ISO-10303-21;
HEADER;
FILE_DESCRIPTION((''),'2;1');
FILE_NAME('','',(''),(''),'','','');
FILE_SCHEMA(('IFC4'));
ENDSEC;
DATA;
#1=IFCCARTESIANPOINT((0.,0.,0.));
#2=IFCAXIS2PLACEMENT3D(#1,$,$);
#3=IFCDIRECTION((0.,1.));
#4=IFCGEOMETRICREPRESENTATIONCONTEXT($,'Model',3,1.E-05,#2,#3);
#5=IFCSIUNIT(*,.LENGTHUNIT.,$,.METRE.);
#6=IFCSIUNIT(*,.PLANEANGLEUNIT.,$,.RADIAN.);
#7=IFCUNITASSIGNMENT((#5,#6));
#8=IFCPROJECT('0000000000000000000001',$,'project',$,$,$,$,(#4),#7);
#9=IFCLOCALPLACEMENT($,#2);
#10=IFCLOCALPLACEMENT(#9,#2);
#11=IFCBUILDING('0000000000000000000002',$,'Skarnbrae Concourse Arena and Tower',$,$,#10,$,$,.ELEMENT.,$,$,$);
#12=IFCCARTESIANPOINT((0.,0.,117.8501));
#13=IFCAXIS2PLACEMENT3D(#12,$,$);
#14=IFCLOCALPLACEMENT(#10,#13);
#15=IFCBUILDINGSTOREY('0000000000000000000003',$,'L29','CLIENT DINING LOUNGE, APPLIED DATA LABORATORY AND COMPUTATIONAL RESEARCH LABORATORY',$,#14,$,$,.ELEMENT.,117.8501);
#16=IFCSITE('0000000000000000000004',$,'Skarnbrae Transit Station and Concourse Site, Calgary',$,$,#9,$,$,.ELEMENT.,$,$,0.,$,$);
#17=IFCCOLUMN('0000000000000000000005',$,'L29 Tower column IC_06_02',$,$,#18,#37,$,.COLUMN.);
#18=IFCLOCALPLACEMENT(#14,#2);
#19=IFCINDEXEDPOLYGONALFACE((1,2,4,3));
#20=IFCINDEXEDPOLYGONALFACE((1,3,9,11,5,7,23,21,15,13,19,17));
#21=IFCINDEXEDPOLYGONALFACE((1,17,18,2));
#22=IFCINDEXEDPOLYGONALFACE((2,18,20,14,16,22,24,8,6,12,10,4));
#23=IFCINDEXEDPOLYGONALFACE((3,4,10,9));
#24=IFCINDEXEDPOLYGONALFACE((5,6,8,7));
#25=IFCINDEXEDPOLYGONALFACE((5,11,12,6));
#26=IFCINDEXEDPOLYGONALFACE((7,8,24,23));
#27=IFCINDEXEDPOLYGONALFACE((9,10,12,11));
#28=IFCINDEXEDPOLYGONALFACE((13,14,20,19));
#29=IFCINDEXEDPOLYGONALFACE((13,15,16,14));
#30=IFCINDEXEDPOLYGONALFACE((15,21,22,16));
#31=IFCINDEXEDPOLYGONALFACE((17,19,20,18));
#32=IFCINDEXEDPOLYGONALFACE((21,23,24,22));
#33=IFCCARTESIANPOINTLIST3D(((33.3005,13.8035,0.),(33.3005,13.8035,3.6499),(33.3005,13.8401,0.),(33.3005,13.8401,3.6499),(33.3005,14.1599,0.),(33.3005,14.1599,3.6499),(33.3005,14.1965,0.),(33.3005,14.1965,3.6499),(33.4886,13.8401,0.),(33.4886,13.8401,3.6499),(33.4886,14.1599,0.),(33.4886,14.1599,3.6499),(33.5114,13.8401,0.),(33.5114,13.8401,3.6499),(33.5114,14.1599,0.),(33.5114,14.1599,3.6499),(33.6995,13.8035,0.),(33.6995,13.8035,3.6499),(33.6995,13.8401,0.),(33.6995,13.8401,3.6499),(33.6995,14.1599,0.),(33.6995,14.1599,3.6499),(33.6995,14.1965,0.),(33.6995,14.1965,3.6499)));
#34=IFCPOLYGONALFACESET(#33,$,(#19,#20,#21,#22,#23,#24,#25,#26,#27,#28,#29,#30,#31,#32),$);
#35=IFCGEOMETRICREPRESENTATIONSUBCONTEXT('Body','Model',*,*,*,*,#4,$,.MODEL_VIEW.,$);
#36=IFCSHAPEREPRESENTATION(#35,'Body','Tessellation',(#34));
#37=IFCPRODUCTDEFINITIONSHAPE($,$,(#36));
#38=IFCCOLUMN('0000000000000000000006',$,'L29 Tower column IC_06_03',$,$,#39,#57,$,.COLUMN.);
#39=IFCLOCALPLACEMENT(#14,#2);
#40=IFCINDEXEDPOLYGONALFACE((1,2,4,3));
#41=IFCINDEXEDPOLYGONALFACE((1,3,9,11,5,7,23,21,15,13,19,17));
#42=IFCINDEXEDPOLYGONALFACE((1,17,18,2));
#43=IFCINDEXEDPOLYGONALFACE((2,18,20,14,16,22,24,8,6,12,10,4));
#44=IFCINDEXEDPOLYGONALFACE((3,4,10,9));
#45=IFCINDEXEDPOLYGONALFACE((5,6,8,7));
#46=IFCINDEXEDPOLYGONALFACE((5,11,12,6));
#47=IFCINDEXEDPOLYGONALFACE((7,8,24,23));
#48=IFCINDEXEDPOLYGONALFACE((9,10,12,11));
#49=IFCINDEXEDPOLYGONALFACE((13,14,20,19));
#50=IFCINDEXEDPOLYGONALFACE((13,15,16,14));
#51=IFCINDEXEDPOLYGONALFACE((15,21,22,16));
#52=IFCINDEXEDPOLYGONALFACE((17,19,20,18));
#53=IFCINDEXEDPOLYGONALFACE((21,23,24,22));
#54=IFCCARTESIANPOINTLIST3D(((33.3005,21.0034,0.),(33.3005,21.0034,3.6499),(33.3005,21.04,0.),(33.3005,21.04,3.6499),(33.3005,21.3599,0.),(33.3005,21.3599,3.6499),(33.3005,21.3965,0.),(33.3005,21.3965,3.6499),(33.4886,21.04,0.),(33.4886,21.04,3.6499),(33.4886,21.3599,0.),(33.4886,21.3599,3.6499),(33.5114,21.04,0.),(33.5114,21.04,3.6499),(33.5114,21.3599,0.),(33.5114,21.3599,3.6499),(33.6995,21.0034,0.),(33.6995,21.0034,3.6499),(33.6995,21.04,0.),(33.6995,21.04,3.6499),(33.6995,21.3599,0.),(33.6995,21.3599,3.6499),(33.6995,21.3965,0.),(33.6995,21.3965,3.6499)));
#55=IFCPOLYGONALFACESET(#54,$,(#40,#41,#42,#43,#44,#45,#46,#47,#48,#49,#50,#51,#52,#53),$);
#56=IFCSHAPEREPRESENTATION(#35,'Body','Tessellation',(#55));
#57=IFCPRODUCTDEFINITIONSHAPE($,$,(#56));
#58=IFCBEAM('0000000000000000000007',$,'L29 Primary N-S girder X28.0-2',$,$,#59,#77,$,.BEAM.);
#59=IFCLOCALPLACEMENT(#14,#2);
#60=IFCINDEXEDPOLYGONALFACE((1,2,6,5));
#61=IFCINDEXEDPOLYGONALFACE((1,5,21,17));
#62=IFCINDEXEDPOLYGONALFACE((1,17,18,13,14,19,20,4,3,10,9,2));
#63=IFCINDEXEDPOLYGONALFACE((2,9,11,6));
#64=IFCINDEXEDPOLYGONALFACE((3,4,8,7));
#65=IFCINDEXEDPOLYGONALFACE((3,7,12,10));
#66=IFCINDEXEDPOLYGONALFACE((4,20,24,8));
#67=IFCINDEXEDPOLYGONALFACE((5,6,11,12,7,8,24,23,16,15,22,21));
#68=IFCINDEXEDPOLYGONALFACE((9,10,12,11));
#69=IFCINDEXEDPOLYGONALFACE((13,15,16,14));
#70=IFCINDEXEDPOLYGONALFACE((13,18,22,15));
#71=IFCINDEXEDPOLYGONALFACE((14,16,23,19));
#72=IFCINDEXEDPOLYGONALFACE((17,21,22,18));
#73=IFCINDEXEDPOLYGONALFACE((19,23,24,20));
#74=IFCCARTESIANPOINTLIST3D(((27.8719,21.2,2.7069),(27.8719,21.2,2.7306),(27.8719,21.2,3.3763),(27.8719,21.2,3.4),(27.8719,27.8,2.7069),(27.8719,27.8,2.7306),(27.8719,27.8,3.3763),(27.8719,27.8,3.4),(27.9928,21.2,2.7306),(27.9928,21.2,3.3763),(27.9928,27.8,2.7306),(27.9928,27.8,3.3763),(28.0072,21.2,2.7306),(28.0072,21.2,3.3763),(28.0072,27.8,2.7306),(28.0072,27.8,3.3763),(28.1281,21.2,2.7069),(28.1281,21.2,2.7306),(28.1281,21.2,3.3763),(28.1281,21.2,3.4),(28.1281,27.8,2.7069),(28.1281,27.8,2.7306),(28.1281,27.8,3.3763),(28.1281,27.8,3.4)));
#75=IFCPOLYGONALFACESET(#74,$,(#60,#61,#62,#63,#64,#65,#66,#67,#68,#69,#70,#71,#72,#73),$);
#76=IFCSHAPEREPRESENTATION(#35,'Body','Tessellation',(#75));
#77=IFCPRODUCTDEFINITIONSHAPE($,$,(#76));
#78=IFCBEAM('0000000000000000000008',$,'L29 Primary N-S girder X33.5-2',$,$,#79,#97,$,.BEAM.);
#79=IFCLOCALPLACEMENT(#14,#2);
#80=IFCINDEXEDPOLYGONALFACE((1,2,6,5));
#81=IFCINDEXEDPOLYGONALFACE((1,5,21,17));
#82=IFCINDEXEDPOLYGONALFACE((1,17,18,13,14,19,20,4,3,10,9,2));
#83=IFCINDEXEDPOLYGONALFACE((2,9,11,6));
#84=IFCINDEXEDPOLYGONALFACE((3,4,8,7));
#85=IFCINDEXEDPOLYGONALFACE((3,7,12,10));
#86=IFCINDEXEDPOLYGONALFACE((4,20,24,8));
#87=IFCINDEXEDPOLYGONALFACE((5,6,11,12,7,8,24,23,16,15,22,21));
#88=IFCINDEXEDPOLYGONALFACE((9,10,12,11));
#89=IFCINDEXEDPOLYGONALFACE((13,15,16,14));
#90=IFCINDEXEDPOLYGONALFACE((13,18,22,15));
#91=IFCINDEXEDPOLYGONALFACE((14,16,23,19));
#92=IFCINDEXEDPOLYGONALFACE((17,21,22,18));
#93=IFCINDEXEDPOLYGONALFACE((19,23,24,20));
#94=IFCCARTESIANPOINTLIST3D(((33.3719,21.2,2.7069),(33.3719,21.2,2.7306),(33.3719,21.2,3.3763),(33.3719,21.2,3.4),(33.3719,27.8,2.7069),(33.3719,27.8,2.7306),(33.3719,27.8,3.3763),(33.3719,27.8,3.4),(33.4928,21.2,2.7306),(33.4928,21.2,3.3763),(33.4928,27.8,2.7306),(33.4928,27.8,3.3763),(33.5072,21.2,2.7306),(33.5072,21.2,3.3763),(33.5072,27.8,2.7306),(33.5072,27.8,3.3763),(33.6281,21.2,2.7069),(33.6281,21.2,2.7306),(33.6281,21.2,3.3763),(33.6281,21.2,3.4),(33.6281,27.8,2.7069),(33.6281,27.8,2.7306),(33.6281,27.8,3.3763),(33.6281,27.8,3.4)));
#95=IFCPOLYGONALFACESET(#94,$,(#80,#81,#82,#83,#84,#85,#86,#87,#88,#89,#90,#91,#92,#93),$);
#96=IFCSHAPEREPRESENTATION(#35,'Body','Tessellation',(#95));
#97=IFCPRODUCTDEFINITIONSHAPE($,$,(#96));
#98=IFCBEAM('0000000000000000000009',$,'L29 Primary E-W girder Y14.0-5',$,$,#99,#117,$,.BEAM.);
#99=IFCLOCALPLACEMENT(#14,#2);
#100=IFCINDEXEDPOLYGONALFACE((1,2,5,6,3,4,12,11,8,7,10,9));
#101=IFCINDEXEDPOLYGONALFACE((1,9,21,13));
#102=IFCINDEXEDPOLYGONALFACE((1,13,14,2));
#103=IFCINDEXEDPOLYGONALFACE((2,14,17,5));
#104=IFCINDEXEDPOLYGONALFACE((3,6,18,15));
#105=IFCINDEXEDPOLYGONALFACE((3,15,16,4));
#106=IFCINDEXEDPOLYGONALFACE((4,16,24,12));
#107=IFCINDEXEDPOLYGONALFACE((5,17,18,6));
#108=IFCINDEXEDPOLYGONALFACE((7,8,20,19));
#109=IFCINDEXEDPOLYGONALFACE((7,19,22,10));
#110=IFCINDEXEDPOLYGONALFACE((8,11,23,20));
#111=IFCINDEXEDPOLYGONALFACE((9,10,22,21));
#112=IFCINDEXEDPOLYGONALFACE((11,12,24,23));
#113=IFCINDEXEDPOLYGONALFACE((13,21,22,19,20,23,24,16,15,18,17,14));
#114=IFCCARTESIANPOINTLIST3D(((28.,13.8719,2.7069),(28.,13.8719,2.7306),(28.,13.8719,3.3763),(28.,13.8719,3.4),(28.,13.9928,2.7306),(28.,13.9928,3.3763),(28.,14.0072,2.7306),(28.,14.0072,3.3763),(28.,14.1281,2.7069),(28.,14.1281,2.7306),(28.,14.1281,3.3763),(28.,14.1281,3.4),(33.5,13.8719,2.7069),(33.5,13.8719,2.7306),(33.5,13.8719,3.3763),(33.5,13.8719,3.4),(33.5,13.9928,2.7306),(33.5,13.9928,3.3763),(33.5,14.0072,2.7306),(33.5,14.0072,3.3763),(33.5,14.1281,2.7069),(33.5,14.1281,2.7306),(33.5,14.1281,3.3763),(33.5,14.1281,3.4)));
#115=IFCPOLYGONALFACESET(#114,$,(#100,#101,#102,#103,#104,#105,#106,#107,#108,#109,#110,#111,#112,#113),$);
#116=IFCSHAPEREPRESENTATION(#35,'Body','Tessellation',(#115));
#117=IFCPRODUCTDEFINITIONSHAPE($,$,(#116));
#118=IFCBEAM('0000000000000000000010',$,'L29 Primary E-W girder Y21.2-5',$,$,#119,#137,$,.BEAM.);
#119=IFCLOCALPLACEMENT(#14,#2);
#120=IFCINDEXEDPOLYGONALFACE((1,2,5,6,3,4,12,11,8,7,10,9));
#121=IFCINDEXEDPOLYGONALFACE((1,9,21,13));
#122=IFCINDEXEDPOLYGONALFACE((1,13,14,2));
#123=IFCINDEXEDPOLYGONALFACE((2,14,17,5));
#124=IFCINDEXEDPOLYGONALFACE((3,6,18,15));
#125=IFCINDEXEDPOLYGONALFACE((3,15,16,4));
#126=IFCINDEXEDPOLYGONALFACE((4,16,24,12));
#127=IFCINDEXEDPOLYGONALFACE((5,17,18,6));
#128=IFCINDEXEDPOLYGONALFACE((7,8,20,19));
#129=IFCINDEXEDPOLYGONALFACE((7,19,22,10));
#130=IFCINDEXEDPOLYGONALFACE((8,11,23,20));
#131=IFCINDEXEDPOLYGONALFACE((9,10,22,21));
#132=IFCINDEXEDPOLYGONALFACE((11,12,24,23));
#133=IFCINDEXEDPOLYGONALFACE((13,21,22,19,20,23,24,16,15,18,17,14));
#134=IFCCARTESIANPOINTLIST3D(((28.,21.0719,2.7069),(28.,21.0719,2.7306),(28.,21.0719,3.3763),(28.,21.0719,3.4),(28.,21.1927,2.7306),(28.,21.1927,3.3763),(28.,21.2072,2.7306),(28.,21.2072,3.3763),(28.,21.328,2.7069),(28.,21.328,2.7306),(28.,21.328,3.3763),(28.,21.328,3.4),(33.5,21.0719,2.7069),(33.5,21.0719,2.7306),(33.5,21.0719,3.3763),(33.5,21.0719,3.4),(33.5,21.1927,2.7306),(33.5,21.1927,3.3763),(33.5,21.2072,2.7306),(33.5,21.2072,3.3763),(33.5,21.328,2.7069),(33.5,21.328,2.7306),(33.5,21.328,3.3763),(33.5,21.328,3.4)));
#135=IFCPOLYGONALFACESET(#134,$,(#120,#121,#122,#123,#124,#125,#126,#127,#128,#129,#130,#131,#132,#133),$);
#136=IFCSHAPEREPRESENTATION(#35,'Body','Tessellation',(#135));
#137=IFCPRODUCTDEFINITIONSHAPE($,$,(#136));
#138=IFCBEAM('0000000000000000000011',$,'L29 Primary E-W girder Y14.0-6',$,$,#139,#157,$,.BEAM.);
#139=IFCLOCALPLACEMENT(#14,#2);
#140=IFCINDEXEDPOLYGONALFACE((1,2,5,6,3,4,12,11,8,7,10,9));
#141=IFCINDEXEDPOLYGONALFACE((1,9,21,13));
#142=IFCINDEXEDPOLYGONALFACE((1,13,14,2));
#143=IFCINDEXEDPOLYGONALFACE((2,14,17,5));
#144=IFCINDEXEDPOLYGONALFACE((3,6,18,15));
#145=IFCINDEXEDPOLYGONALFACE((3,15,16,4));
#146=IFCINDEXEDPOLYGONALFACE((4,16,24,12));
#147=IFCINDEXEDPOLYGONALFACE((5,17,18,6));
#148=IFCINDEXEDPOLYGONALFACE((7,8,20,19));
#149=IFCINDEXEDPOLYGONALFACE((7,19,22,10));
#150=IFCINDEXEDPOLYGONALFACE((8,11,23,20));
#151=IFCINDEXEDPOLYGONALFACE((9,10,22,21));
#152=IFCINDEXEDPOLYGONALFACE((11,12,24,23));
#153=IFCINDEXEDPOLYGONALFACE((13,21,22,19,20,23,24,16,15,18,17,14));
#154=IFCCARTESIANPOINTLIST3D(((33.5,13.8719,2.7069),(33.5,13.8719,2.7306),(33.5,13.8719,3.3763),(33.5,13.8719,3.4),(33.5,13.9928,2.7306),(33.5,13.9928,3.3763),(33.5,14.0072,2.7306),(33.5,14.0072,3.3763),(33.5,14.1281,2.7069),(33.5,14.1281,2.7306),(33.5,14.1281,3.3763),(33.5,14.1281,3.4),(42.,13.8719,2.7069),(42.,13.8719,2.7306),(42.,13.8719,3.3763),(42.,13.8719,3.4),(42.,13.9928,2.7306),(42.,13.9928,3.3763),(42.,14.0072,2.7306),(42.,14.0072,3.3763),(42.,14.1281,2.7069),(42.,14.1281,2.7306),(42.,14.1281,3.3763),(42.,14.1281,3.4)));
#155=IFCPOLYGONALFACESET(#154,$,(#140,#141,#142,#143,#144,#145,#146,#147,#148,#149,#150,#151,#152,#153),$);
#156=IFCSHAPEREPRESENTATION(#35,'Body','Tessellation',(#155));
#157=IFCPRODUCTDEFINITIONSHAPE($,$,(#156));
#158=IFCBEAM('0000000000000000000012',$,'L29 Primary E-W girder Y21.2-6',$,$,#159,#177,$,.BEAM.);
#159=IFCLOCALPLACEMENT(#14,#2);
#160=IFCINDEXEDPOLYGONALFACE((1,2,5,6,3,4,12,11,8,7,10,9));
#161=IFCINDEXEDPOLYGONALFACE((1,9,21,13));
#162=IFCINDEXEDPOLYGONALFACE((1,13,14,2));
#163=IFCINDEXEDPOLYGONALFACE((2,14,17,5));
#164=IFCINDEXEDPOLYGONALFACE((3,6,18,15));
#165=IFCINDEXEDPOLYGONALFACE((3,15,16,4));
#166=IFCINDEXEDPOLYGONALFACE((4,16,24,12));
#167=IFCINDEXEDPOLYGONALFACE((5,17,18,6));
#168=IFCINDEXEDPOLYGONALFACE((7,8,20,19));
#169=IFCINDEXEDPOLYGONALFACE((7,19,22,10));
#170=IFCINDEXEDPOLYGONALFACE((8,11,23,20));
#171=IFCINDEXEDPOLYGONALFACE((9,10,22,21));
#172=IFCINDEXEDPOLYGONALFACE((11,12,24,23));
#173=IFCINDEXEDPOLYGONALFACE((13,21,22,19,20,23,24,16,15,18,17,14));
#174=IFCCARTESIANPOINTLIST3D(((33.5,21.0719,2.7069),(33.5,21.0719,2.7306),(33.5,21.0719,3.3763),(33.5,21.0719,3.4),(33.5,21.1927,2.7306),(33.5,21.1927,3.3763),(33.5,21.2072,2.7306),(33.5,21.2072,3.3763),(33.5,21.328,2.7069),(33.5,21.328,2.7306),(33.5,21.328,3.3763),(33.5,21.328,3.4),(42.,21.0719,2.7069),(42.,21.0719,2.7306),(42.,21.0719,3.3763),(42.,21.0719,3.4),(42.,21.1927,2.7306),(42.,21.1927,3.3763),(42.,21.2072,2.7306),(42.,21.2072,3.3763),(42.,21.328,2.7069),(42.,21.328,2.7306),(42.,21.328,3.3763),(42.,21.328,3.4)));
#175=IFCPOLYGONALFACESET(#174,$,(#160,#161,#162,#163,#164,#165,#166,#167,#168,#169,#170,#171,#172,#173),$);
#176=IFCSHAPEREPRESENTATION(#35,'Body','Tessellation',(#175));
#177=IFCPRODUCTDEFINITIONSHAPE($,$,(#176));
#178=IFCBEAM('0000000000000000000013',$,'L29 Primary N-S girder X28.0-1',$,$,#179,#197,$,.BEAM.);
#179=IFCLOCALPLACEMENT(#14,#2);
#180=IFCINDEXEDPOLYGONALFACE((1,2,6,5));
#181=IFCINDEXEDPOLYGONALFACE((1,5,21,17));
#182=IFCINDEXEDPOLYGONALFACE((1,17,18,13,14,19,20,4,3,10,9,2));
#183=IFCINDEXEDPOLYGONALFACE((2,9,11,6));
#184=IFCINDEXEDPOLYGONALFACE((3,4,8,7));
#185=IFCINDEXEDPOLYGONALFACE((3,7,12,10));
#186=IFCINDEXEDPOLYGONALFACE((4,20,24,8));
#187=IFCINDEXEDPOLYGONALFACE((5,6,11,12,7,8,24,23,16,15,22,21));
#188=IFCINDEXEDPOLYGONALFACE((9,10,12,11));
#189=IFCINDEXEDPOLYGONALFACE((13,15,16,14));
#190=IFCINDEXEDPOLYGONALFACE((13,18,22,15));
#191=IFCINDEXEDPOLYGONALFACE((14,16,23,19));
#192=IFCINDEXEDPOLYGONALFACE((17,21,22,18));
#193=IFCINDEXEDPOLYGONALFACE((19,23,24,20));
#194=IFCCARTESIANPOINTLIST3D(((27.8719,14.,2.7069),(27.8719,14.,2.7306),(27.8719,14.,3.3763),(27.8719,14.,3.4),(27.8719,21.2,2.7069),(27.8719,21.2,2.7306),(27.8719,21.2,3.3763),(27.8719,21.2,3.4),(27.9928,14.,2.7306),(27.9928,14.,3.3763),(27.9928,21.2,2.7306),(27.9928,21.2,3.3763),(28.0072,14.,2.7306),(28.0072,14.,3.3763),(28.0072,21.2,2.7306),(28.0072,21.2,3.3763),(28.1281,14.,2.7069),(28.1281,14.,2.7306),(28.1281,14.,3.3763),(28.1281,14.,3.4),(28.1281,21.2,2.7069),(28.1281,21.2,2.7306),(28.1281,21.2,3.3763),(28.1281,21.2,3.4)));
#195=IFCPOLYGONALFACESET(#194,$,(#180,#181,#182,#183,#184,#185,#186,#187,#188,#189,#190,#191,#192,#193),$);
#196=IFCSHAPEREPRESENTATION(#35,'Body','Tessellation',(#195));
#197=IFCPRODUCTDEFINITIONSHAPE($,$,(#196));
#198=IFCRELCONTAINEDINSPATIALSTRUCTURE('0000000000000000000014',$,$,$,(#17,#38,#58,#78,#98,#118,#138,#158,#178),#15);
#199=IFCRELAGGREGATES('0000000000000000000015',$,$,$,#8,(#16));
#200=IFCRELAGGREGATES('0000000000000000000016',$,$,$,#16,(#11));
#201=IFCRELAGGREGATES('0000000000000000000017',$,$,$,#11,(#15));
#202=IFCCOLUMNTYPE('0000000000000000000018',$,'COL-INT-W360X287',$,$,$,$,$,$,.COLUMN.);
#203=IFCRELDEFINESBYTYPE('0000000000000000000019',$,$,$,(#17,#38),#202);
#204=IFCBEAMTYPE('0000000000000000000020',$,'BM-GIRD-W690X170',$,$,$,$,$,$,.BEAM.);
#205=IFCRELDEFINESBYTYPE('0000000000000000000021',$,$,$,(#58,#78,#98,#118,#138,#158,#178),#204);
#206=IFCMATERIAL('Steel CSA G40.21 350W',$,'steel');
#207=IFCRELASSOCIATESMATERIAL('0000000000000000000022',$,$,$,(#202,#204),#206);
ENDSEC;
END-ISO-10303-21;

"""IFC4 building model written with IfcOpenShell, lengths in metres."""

from ifc_helpers import new_model, si_unit, direction, frame, origin, origin_2d, place, context, subcontext, project, spatial, i_section, extrude, source, transform, mapped, material, material_profile, profile_set, type_object, element, save


model = new_model("IFC4")

# Units and contexts
model_context = context("Model", 3, precision=1e-05, world=origin(), true_north=direction((0.0, 1.0)))
body_context = subcontext(model_context, "Body", "Model", "MODEL_VIEW")
ifc_project = project(units=[si_unit("LENGTHUNIT", "METRE"), si_unit("PLANEANGLEUNIT", "RADIAN")], contexts=[model_context])

# Site, building, storey
site_placement = place(None, origin())
site = spatial("IfcSite", under=ifc_project, at=site_placement, Name="Skarnbrae Transit Station and Concourse Site, Calgary", CompositionType="ELEMENT", RefElevation=0.0)
building_placement = place(site_placement, origin())
building = spatial("IfcBuilding", under=site, at=building_placement, Name="Skarnbrae Concourse Arena and Tower", CompositionType="ELEMENT")
storey_placement = place(building_placement, frame((0.0, 0.0, 117.8501)))
storey = spatial("IfcBuildingStorey", under=building, at=storey_placement, Name="L29", Description="CLIENT DINING LOUNGE, APPLIED DATA LABORATORY AND COMPUTATIONAL RESEARCH LABORATORY", CompositionType="ELEMENT", Elevation=117.8501)

# Columns
ifc_material_1 = material(Name="Steel CSA G40.21 350W", Category="steel")
ifc_material_profile_1 = material_profile(ifc_material_1, i_section(OverallWidth=0.3989, OverallDepth=0.3931, WebThickness=0.0227, FlangeThickness=0.0366, at=origin_2d()), Name="W360X287")
ifc_profile_set_1 = profile_set([ifc_material_profile_1], Name="Steel CSA G40.21 350W")
column_type = type_object("IfcColumnType", Name="COL-INT-W360X287", PredefinedType="COLUMN", material=ifc_profile_set_1)
shared_shape_1 = source(origin(), body_context, "Body", "SweptSolid", [
    extrude(i_section(OverallWidth=0.3989, OverallDepth=0.3931, WebThickness=0.0227, FlangeThickness=0.0366, at=origin_2d()), origin(), (0.0, 0.0, 1.0), 3.6499),
])
for number, where, z_axis, x_axis, name in (
    (1, (33.5, 14.0, 0.0), (0.0, 0.0, 1.0), (1.0, 0.0, 0.0), "L29 Tower column IC_06_02"),
    (2, (33.5, 21.2, 0.0), (0.0, 0.0, 1.0), (1.0, 0.0, 0.0), "L29 Tower column IC_06_03"),
):
    element("IfcColumn", number, at=place(storey_placement, frame(where, z_axis=z_axis, x_axis=x_axis)), inside=storey, type_object=column_type, Name=name, PredefinedType="COLUMN", context=body_context, shape_type="MappedRepresentation", body=[
        mapped(shared_shape_1, transform((0.0, 0.0, 0.0))),
    ])

# Beams
ifc_material_profile_2 = material_profile(ifc_material_1, i_section(OverallWidth=0.2561, OverallDepth=0.6931, WebThickness=0.0144, FlangeThickness=0.0237, at=origin_2d()), Name="W690X170")
ifc_profile_set_2 = profile_set([ifc_material_profile_2], Name="Steel CSA G40.21 350W")
beam_type_1 = type_object("IfcBeamType", Name="BM-GIRD-W690X170", PredefinedType="BEAM", material=ifc_profile_set_2)
shared_shape_2 = source(origin(), body_context, "Body", "SweptSolid", [
    extrude(i_section(OverallWidth=0.2561, OverallDepth=0.6931, WebThickness=0.0144, FlangeThickness=0.0237, at=origin_2d()), origin(), (0.0, 0.0, 1.0), 6.6001),
])
for number, where, z_axis, x_axis, name in (
    (3, (28.0, 21.2, 3.0535), (0.0, 1.0, 0.0), (-1.0, 0.0, 0.0), "L29 Primary N-S girder X28.0-2"),
    (4, (33.5, 21.2, 3.0535), (0.0, 1.0, 0.0), (-1.0, 0.0, 0.0), "L29 Primary N-S girder X33.5-2"),
):
    element("IfcBeam", number, at=place(storey_placement, frame(where, z_axis=z_axis, x_axis=x_axis)), inside=storey, type_object=beam_type_1, Name=name, PredefinedType="BEAM", context=body_context, shape_type="MappedRepresentation", body=[
        mapped(shared_shape_2, transform((0.0, 0.0, 0.0))),
    ])
shared_shape_3 = source(origin(), body_context, "Body", "SweptSolid", [
    extrude(i_section(OverallWidth=0.2561, OverallDepth=0.6931, WebThickness=0.0144, FlangeThickness=0.0237, at=origin_2d()), origin(), (0.0, 0.0, 1.0), 5.5),
])
for number, where, z_axis, x_axis, name in (
    (5, (28.0, 14.0, 3.0535), (1.0, 0.0, 0.0), (0.0, 1.0, 0.0), "L29 Primary E-W girder Y14.0-5"),
    (6, (28.0, 21.2, 3.0535), (1.0, 0.0, 0.0), (0.0, 1.0, 0.0), "L29 Primary E-W girder Y21.2-5"),
):
    element("IfcBeam", number, at=place(storey_placement, frame(where, z_axis=z_axis, x_axis=x_axis)), inside=storey, type_object=beam_type_1, Name=name, PredefinedType="BEAM", context=body_context, shape_type="MappedRepresentation", body=[
        mapped(shared_shape_3, transform((0.0, 0.0, 0.0))),
    ])
shared_shape_4 = source(origin(), body_context, "Body", "SweptSolid", [
    extrude(i_section(OverallWidth=0.2561, OverallDepth=0.6931, WebThickness=0.0144, FlangeThickness=0.0237, at=origin_2d()), origin(), (0.0, 0.0, 1.0), 8.5),
])
for number, where, z_axis, x_axis, name in (
    (7, (33.5, 14.0, 3.0535), (1.0, 0.0, 0.0), (0.0, 1.0, 0.0), "L29 Primary E-W girder Y14.0-6"),
    (8, (33.5, 21.2, 3.0535), (1.0, 0.0, 0.0), (0.0, 1.0, 0.0), "L29 Primary E-W girder Y21.2-6"),
):
    element("IfcBeam", number, at=place(storey_placement, frame(where, z_axis=z_axis, x_axis=x_axis)), inside=storey, type_object=beam_type_1, Name=name, PredefinedType="BEAM", context=body_context, shape_type="MappedRepresentation", body=[
        mapped(shared_shape_4, transform((0.0, 0.0, 0.0))),
    ])
shared_shape_5 = source(origin(), body_context, "Body", "SweptSolid", [
    extrude(i_section(OverallWidth=0.2561, OverallDepth=0.6931, WebThickness=0.0144, FlangeThickness=0.0237, at=origin_2d()), origin(), (0.0, 0.0, 1.0), 7.2),
])
for number, where, z_axis, x_axis, name in (
    (9, (28.0, 14.0, 3.0535), (0.0, 1.0, 0.0), (-1.0, 0.0, 0.0), "L29 Primary N-S girder X28.0-1"),
):
    element("IfcBeam", number, at=place(storey_placement, frame(where, z_axis=z_axis, x_axis=x_axis)), inside=storey, type_object=beam_type_1, Name=name, PredefinedType="BEAM", context=body_context, shape_type="MappedRepresentation", body=[
        mapped(shared_shape_5, transform((0.0, 0.0, 0.0))),
    ])

save(model, "model.ifc")
